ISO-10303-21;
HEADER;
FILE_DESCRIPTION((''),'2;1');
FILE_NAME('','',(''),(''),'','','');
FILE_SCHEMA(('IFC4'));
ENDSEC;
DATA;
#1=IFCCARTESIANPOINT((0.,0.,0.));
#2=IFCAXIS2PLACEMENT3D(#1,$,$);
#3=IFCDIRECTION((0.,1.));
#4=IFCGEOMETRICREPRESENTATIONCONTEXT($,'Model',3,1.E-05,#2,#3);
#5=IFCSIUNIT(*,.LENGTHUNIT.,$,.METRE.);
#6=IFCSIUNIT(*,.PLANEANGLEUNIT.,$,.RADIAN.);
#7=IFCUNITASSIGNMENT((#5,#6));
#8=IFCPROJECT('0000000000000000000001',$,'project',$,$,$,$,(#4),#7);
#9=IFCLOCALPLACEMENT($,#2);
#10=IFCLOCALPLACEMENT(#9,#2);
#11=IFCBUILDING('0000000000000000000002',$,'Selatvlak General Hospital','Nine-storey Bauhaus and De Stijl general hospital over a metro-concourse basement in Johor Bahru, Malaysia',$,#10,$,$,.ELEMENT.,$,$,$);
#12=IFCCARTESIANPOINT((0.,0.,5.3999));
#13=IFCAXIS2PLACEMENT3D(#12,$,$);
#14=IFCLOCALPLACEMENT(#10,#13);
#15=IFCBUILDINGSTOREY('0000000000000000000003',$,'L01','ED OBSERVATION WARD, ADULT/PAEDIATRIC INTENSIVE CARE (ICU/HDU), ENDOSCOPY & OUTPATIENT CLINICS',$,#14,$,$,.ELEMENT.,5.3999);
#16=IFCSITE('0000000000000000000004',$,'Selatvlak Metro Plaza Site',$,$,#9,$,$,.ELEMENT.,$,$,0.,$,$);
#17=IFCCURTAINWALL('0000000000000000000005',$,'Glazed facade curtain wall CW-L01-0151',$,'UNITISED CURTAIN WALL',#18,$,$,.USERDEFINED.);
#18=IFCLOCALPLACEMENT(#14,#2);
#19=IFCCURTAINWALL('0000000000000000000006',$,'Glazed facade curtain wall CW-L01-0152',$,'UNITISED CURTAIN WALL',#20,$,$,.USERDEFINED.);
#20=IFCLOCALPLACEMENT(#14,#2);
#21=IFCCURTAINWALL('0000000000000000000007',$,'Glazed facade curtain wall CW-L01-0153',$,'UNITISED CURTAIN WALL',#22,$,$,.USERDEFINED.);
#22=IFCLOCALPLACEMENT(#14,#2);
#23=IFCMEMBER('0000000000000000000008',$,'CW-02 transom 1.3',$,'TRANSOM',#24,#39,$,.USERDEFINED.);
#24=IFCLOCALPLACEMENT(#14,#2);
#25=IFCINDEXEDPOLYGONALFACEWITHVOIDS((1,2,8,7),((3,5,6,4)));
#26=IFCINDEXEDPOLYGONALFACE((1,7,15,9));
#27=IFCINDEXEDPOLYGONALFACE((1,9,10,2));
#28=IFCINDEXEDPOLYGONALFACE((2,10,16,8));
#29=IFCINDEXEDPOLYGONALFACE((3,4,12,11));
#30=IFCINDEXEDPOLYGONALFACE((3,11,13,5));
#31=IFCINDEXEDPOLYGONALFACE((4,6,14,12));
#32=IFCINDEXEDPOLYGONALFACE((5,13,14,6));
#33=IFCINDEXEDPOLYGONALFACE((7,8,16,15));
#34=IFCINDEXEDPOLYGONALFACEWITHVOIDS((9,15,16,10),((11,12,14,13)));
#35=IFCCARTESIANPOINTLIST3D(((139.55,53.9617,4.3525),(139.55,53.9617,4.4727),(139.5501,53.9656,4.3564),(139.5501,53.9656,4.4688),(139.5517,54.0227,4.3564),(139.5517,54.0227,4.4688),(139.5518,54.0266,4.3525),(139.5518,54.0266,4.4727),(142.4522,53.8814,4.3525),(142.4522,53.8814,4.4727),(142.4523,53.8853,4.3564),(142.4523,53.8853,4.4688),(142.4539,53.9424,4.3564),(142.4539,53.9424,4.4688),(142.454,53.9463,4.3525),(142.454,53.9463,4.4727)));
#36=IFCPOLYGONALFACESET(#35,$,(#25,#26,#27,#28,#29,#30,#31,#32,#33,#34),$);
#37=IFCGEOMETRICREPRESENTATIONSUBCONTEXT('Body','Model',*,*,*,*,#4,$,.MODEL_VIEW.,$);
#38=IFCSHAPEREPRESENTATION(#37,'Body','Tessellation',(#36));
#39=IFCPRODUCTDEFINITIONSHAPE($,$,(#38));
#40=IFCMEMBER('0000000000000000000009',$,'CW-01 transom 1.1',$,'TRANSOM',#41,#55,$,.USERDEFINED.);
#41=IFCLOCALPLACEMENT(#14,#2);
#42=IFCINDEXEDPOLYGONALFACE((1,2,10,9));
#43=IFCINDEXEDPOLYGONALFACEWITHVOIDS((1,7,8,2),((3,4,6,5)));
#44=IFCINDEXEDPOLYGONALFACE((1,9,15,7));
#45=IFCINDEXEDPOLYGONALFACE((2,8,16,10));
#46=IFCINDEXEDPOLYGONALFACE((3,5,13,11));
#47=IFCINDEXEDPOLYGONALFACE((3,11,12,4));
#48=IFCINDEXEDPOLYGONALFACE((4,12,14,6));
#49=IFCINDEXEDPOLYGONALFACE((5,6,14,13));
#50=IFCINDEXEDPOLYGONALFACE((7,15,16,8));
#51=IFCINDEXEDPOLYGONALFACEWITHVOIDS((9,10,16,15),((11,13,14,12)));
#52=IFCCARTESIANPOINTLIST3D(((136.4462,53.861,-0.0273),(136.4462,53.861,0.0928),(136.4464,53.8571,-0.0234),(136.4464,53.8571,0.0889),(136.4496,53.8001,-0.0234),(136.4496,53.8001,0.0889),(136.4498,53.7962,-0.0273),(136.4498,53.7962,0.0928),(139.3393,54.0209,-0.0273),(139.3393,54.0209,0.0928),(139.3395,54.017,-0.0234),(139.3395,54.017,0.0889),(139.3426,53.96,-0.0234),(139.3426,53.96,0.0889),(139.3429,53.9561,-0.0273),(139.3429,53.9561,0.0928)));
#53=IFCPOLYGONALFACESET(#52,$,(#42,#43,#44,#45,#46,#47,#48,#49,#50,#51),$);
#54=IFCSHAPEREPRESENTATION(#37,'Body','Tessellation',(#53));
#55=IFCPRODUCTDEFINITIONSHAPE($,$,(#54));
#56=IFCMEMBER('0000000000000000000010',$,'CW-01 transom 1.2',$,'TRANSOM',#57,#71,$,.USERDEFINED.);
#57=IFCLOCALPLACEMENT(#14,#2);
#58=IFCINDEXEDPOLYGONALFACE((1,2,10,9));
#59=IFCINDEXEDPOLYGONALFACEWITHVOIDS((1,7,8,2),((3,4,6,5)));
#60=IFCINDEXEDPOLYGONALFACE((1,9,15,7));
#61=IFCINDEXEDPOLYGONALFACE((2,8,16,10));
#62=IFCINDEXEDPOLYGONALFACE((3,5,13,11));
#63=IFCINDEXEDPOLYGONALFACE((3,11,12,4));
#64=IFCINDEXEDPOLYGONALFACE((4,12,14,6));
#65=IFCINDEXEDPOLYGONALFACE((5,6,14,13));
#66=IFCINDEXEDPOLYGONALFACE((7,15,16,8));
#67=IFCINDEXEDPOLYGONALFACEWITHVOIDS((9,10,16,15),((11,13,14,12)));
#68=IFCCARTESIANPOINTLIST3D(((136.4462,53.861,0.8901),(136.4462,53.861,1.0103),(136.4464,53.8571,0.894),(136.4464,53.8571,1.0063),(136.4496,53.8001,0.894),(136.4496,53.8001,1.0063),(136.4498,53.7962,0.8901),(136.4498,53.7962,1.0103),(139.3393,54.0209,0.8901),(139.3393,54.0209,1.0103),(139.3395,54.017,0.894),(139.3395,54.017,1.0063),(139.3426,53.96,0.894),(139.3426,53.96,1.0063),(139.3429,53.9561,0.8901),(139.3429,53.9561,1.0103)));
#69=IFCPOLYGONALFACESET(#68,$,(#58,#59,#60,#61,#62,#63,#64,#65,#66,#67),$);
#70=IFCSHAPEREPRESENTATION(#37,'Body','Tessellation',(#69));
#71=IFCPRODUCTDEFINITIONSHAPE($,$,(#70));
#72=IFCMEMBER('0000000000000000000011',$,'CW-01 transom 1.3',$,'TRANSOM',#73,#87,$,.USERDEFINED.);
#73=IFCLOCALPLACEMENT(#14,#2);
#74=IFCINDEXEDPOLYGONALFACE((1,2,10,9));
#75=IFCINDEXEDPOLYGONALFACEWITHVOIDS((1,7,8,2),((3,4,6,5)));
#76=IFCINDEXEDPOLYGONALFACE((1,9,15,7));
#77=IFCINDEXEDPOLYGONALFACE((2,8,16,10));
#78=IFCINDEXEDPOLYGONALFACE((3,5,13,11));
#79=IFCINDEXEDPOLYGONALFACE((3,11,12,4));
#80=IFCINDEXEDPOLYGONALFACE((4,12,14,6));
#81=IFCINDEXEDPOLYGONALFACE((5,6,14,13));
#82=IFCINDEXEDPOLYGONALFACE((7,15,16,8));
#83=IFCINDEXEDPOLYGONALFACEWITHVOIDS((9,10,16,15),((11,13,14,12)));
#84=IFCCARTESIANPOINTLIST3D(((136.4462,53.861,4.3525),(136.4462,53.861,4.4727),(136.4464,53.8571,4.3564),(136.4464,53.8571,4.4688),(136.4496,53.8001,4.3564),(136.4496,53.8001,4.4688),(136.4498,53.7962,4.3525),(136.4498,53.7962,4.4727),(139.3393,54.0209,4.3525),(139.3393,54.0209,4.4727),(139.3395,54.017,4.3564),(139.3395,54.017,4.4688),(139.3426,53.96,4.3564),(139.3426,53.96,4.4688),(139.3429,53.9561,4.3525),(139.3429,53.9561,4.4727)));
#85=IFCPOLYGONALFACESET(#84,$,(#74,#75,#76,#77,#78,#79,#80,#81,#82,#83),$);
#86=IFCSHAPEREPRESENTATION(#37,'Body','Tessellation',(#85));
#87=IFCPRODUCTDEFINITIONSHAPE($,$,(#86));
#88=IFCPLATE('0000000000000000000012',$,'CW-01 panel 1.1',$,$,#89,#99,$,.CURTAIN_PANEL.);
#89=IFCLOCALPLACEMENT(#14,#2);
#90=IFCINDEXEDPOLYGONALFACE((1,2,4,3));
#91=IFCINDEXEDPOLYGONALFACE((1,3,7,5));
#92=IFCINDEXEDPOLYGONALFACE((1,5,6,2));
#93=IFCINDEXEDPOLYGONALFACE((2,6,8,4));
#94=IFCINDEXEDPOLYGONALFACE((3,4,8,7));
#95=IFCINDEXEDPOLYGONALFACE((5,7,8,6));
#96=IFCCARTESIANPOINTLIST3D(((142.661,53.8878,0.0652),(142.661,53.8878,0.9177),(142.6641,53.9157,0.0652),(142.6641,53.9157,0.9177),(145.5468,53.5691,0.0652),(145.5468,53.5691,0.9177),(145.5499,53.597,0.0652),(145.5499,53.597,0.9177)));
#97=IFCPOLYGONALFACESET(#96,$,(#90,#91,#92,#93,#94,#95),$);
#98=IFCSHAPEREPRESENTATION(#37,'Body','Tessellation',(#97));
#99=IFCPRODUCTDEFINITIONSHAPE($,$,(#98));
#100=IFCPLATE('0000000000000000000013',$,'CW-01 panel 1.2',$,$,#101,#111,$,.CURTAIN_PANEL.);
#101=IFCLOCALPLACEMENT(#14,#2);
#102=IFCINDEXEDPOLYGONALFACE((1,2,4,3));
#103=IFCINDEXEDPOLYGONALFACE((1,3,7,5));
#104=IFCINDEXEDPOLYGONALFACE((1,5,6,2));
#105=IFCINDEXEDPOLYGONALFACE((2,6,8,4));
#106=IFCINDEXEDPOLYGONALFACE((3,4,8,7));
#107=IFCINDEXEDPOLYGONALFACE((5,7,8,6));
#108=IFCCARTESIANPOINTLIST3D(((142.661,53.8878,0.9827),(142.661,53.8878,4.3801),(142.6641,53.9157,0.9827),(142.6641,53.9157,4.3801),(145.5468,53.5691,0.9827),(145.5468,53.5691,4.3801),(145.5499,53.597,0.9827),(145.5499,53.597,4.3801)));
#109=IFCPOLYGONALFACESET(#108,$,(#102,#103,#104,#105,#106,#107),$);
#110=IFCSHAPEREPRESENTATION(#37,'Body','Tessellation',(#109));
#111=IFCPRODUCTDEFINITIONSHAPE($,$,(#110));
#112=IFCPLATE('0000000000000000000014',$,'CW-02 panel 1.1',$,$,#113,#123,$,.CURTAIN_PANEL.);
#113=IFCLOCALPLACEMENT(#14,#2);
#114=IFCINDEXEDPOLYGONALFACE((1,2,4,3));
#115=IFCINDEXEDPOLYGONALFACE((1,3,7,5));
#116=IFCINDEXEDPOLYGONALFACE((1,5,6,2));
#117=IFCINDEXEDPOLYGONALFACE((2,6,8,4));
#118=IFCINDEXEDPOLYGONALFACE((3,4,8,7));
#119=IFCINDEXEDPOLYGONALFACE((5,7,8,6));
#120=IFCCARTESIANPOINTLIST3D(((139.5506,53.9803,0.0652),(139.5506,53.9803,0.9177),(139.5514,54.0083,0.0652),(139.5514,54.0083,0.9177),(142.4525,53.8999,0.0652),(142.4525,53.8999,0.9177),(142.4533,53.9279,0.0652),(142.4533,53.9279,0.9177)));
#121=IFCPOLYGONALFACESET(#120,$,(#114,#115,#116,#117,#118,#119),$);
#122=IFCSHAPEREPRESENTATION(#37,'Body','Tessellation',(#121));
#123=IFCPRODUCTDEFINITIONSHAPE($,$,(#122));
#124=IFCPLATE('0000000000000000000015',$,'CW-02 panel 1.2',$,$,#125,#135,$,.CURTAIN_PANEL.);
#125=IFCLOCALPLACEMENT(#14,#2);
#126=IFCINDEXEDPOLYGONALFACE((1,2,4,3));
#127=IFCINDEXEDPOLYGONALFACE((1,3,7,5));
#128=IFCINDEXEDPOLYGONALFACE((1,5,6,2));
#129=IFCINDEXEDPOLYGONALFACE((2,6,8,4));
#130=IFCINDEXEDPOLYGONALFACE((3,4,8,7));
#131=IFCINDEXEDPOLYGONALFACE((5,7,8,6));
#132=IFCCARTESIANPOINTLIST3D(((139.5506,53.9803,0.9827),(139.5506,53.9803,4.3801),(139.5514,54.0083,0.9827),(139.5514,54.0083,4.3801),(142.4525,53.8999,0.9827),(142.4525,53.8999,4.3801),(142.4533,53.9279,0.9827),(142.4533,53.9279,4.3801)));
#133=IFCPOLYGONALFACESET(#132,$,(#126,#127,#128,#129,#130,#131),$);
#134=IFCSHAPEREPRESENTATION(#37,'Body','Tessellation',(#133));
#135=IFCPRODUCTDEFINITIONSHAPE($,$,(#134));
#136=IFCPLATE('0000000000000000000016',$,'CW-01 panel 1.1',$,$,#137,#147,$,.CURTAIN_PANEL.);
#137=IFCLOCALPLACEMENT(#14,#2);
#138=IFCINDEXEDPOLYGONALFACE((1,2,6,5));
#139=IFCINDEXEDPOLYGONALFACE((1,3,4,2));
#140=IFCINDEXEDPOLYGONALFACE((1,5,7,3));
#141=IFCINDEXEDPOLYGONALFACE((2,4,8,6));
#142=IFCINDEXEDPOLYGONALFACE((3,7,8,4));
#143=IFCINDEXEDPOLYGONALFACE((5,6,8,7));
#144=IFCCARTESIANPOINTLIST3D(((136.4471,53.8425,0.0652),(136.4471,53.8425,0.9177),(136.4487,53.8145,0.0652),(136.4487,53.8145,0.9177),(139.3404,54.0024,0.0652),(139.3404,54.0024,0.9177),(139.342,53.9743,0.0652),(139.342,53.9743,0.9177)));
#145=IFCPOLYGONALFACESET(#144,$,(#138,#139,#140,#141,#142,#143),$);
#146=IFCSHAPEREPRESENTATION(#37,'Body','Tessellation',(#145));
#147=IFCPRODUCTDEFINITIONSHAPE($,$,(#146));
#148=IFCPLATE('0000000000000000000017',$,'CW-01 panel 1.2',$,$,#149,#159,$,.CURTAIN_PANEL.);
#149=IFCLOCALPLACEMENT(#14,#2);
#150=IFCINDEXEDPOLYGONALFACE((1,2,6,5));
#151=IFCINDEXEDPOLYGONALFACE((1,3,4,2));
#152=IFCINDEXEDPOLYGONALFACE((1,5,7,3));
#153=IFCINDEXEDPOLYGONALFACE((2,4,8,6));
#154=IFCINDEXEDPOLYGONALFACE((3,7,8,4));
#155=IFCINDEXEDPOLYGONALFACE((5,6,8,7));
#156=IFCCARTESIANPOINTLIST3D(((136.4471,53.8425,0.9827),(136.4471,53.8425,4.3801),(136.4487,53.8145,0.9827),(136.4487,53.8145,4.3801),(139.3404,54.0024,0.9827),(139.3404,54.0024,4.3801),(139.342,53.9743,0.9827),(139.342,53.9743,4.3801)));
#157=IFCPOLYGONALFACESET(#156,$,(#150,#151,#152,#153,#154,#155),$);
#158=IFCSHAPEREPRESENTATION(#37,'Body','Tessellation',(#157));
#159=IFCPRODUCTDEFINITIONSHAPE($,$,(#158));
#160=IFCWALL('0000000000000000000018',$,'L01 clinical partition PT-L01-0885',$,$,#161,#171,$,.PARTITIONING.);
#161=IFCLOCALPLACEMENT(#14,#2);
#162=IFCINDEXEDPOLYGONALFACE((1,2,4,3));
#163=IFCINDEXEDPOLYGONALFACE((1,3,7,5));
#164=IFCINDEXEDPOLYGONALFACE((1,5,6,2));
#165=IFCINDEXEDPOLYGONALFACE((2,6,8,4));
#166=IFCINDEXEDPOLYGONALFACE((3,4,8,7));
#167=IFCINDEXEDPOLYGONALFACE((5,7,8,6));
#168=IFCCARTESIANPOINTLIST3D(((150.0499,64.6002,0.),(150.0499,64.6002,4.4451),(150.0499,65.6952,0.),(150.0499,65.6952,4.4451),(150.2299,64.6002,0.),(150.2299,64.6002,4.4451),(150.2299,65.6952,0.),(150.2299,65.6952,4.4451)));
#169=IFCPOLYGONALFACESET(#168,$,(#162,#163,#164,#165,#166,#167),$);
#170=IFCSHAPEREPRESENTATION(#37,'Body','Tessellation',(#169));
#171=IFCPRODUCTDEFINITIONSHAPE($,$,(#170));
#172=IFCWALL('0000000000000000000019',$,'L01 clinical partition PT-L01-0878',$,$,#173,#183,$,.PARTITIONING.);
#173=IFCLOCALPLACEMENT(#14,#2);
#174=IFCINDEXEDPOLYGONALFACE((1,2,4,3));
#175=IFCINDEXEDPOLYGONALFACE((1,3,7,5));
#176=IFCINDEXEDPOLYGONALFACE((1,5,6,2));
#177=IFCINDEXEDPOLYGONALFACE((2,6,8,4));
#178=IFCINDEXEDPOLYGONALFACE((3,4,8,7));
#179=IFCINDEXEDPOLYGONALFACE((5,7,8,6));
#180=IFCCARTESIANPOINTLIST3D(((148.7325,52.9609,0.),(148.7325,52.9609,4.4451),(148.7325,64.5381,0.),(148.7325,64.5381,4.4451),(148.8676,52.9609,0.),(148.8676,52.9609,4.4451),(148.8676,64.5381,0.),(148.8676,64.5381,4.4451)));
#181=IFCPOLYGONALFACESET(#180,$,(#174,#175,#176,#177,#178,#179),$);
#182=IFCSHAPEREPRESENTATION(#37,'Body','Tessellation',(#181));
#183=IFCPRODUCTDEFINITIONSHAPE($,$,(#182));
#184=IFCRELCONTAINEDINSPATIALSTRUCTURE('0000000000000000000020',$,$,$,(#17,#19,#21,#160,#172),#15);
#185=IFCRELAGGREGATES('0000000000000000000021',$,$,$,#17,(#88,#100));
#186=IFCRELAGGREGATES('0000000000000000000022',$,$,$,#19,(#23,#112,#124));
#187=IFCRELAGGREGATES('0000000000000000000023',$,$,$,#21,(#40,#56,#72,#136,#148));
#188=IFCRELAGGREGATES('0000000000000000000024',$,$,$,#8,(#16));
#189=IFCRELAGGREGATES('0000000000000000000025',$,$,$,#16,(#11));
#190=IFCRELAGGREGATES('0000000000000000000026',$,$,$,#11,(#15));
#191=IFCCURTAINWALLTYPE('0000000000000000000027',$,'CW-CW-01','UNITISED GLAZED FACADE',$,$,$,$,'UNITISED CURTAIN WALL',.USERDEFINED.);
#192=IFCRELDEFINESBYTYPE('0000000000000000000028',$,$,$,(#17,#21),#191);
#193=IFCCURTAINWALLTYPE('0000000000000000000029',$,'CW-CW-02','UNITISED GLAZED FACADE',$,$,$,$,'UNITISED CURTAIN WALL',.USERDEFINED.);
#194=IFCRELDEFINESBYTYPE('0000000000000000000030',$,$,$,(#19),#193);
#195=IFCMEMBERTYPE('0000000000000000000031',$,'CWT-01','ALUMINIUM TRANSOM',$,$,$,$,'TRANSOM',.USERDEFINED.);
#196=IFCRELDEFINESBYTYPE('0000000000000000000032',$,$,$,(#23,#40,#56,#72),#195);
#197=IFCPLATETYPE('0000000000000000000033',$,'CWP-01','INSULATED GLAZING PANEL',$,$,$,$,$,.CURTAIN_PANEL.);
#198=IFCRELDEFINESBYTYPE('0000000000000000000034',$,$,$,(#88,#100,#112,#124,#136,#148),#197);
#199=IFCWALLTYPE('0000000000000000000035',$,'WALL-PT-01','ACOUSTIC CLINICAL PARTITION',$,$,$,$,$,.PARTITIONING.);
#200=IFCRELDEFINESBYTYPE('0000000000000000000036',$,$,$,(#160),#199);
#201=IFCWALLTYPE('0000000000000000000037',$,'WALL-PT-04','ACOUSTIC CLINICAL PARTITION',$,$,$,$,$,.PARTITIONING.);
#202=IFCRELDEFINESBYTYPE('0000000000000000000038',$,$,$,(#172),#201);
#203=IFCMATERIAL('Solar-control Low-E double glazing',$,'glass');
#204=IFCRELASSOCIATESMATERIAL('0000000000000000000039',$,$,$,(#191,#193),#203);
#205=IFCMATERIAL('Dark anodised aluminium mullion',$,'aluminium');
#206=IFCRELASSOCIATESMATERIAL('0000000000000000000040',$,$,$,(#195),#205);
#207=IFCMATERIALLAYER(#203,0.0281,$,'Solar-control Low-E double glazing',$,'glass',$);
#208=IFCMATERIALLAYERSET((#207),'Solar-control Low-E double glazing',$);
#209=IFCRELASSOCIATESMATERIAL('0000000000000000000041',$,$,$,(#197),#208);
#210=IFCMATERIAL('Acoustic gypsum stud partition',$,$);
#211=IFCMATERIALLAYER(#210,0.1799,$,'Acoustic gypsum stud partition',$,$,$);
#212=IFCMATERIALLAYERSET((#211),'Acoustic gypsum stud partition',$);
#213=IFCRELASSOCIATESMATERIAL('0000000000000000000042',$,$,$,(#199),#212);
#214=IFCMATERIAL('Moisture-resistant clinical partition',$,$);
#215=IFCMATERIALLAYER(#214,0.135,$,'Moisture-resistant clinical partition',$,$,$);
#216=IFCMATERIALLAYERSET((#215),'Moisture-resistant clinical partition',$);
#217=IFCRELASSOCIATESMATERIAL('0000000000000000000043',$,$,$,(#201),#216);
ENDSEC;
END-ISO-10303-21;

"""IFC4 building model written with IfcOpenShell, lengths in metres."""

from ifc_helpers import new_model, si_unit, direction, frame, frame_2d, origin, origin_2d, place, context, subcontext, project, spatial, rectangle, hollow_rectangle, extrude, material, layer, layer_set, material_profile, profile_set, type_object, element, aggregate, save


model = new_model("IFC4")

# Units and contexts
model_context = context("Model", 3, precision=1e-05, world=origin(), true_north=direction((0.0, 1.0)))
body_context = subcontext(model_context, "Body", "Model", "MODEL_VIEW")
ifc_project = project(units=[si_unit("LENGTHUNIT", "METRE"), si_unit("PLANEANGLEUNIT", "RADIAN")], contexts=[model_context])

# Site, building, storey
site_placement = place(None, origin())
site = spatial("IfcSite", under=ifc_project, at=site_placement, Name="Selatvlak Metro Plaza Site", CompositionType="ELEMENT", RefElevation=0.0)
building_placement = place(site_placement, origin())
building = spatial("IfcBuilding", under=site, at=building_placement, Name="Selatvlak General Hospital", Description="Nine-storey Bauhaus and De Stijl general hospital over a metro-concourse basement in Johor Bahru, Malaysia", CompositionType="ELEMENT")
storey_placement = place(building_placement, frame((0.0, 0.0, 5.3999)))
storey = spatial("IfcBuildingStorey", under=building, at=storey_placement, Name="L01", Description="ED OBSERVATION WARD, ADULT/PAEDIATRIC INTENSIVE CARE (ICU/HDU), ENDOSCOPY & OUTPATIENT CLINICS", CompositionType="ELEMENT", Elevation=5.3999)

# Curtain wall
ifc_material_1 = material(Name="Solar-control Low-E double glazing", Category="glass")
curtain_wall_type_1 = type_object("IfcCurtainWallType", Name="CW-CW-01", Description="UNITISED GLAZED FACADE", ElementType="UNITISED CURTAIN WALL", PredefinedType="USERDEFINED", material=ifc_material_1)
curtain_wall_1_placement = place(storey_placement, origin())
curtain_wall_1 = element("IfcCurtainWall", 1, at=curtain_wall_1_placement, inside=storey, type_object=curtain_wall_type_1, Name="Glazed facade curtain wall CW-L01-0151", ObjectType="UNITISED CURTAIN WALL", PredefinedType="USERDEFINED")
ifc_material_2 = material(Name="Dark anodised aluminium mullion", Category="aluminium")

# Curtain wall
curtain_wall_type_2 = type_object("IfcCurtainWallType", Name="CW-CW-02", Description="UNITISED GLAZED FACADE", ElementType="UNITISED CURTAIN WALL", PredefinedType="USERDEFINED", material=ifc_material_1)
curtain_wall_2_placement = place(storey_placement, origin())
curtain_wall_2 = element("IfcCurtainWall", 2, at=curtain_wall_2_placement, inside=storey, type_object=curtain_wall_type_2, Name="Glazed facade curtain wall CW-L01-0152", ObjectType="UNITISED CURTAIN WALL", PredefinedType="USERDEFINED")

# Curtain wall
curtain_wall_3_placement = place(storey_placement, origin())
curtain_wall_3 = element("IfcCurtainWall", 3, at=curtain_wall_3_placement, inside=storey, type_object=curtain_wall_type_1, Name="Glazed facade curtain wall CW-L01-0153", ObjectType="UNITISED CURTAIN WALL", PredefinedType="USERDEFINED")

# Members
ifc_material_profile_1 = material_profile(ifc_material_2, hollow_rectangle(XDim=0.0649, YDim=0.1201, WallThickness=0.0039, at=origin_2d()), Name="AL-TRN 65x120x4")
ifc_profile_set_1 = profile_set([ifc_material_profile_1], Name="Dark anodised aluminium mullion")
member_type_1 = type_object("IfcMemberType", Name="CWT-01", Description="ALUMINIUM TRANSOM", ElementType="TRANSOM", PredefinedType="USERDEFINED", material=ifc_profile_set_1)
member_1_placement = place(storey_placement, frame((142.4531, 53.9138, 4.4126), z_axis=(-0.999617, 0.027667, 0.0), x_axis=(-0.027667, -0.999617, 0.0)))
member_1 = element("IfcMember", 4, at=member_1_placement, type_object=member_type_1, Name="CW-02 transom 1.3", ObjectType="TRANSOM", PredefinedType="USERDEFINED", context=body_context, shape_type="SweptSolid", body=[
    extrude(hollow_rectangle(XDim=0.0649, YDim=0.1201, WallThickness=0.0039, at=origin_2d()), origin(), (0.0, 0.0, 1.0), 2.9033),
])
member_2_placement = place(storey_placement, frame((139.3411, 53.9885, 0.0327), z_axis=(-0.998476, -0.05519, 0.0), x_axis=(0.05519, -0.998476, 0.0)))
member_2 = element("IfcMember", 5, at=member_2_placement, type_object=member_type_1, Name="CW-01 transom 1.1", ObjectType="TRANSOM", PredefinedType="USERDEFINED", context=body_context, shape_type="SweptSolid", body=[
    extrude(hollow_rectangle(XDim=0.0649, YDim=0.1201, WallThickness=0.0039, at=origin_2d()), origin(), (0.0, 0.0, 1.0), 2.8975),
])
member_3_placement = place(storey_placement, frame((139.3411, 53.9885, 0.9502), z_axis=(-0.998476, -0.05519, 0.0), x_axis=(0.05519, -0.998476, 0.0)))
member_3 = element("IfcMember", 6, at=member_3_placement, type_object=member_type_1, Name="CW-01 transom 1.2", ObjectType="TRANSOM", PredefinedType="USERDEFINED", context=body_context, shape_type="SweptSolid", body=[
    extrude(hollow_rectangle(XDim=0.0649, YDim=0.1201, WallThickness=0.0039, at=origin_2d()), origin(), (0.0, 0.0, 1.0), 2.8975),
])
member_4_placement = place(storey_placement, frame((139.3411, 53.9885, 4.4126), z_axis=(-0.998476, -0.05519, 0.0), x_axis=(0.05519, -0.998476, 0.0)))
member_4 = element("IfcMember", 7, at=member_4_placement, type_object=member_type_1, Name="CW-01 transom 1.3", ObjectType="TRANSOM", PredefinedType="USERDEFINED", context=body_context, shape_type="SweptSolid", body=[
    extrude(hollow_rectangle(XDim=0.0649, YDim=0.1201, WallThickness=0.0039, at=origin_2d()), origin(), (0.0, 0.0, 1.0), 2.8975),
])

# Plates
ifc_layer_1 = layer(ifc_material_1, 0.0281, Name="Solar-control Low-E double glazing", Category="glass")
ifc_layer_set_1 = layer_set([ifc_layer_1], Name="Solar-control Low-E double glazing")
plate_type = type_object("IfcPlateType", Name="CWP-01", Description="INSULATED GLAZING PANEL", PredefinedType="CURTAIN_PANEL", material=ifc_layer_set_1)
plate_1_placement = place(storey_placement, frame((144.1055, 53.7424, 0.0652), z_axis=(0.0, 0.0, 1.0), x_axis=(-0.993956, 0.10978, 0.0)))
plate_1 = element("IfcPlate", 8, at=plate_1_placement, type_object=plate_type, Name="CW-01 panel 1.1", PredefinedType="CURTAIN_PANEL", context=body_context, shape_type="SweptSolid", body=[
    extrude(rectangle(XDim=2.9033, YDim=0.0281, at=origin_2d()), origin(), (0.0, 0.0, 1.0), 0.8525),
])
plate_2_placement = place(storey_placement, frame((144.1055, 53.7424, 0.9827), z_axis=(0.0, 0.0, 1.0), x_axis=(-0.993956, 0.10978, 0.0)))
plate_2 = element("IfcPlate", 9, at=plate_2_placement, type_object=plate_type, Name="CW-01 panel 1.2", PredefinedType="CURTAIN_PANEL", context=body_context, shape_type="SweptSolid", body=[
    extrude(rectangle(XDim=2.9033, YDim=0.0281, at=origin_2d()), origin(), (0.0, 0.0, 1.0), 3.3975),
])
aggregate(curtain_wall_1, [plate_1, plate_2])
plate_3_placement = place(storey_placement, frame((141.002, 53.9541, 0.0652), z_axis=(0.0, 0.0, 1.0), x_axis=(-0.999616, 0.027694, 0.0)))
plate_3 = element("IfcPlate", 10, at=plate_3_placement, type_object=plate_type, Name="CW-02 panel 1.1", PredefinedType="CURTAIN_PANEL", context=body_context, shape_type="SweptSolid", body=[
    extrude(rectangle(XDim=2.9031, YDim=0.0281, at=origin_2d()), origin(), (0.0, 0.0, 1.0), 0.8525),
])
plate_4_placement = place(storey_placement, frame((141.002, 53.9541, 0.9827), z_axis=(0.0, 0.0, 1.0), x_axis=(-0.999616, 0.027694, 0.0)))
plate_4 = element("IfcPlate", 11, at=plate_4_placement, type_object=plate_type, Name="CW-02 panel 1.2", PredefinedType="CURTAIN_PANEL", context=body_context, shape_type="SweptSolid", body=[
    extrude(rectangle(XDim=2.9031, YDim=0.0281, at=origin_2d()), origin(), (0.0, 0.0, 1.0), 3.3975),
])
aggregate(curtain_wall_2, [member_1, plate_3, plate_4])
plate_5_placement = place(storey_placement, frame((137.8945, 53.9084, 0.0652), z_axis=(0.0, 0.0, 1.0), x_axis=(-0.998478, -0.055159, 0.0)))
plate_5 = element("IfcPlate", 12, at=plate_5_placement, type_object=plate_type, Name="CW-01 panel 1.1", PredefinedType="CURTAIN_PANEL", context=body_context, shape_type="SweptSolid", body=[
    extrude(rectangle(XDim=2.8977, YDim=0.0281, at=origin_2d()), origin(), (0.0, 0.0, 1.0), 0.8525),
])
plate_6_placement = place(storey_placement, frame((137.8945, 53.9084, 0.9827), z_axis=(0.0, 0.0, 1.0), x_axis=(-0.998478, -0.055159, 0.0)))
plate_6 = element("IfcPlate", 13, at=plate_6_placement, type_object=plate_type, Name="CW-01 panel 1.2", PredefinedType="CURTAIN_PANEL", context=body_context, shape_type="SweptSolid", body=[
    extrude(rectangle(XDim=2.8977, YDim=0.0281, at=origin_2d()), origin(), (0.0, 0.0, 1.0), 3.3975),
])
aggregate(curtain_wall_3, [member_2, member_3, member_4, plate_5, plate_6])

# Wall
ifc_material_3 = material(Name="Acoustic gypsum stud partition")
ifc_layer_2 = layer(ifc_material_3, 0.1799, Name="Acoustic gypsum stud partition")
ifc_layer_set_2 = layer_set([ifc_layer_2], Name="Acoustic gypsum stud partition")
wall_type_1 = type_object("IfcWallType", Name="WALL-PT-01", Description="ACOUSTIC CLINICAL PARTITION", PredefinedType="PARTITIONING", material=ifc_layer_set_2)
wall_1_placement = place(storey_placement, frame((150.1399, 65.6951, 0.0), z_axis=(0.0, 0.0, 1.0), x_axis=(0.0, -1.0, 0.0)))
element("IfcWall", 14, at=wall_1_placement, inside=storey, type_object=wall_type_1, Name="L01 clinical partition PT-L01-0885", PredefinedType="PARTITIONING", context=body_context, shape_type="SweptSolid", body=[
    extrude(rectangle(XDim=1.095, YDim=0.1799, at=frame_2d((0.5474, 0.0))), origin(), (0.0, 0.0, 1.0), 4.4451),
])

# Wall
ifc_material_4 = material(Name="Moisture-resistant clinical partition")
ifc_layer_3 = layer(ifc_material_4, 0.135, Name="Moisture-resistant clinical partition")
ifc_layer_set_3 = layer_set([ifc_layer_3], Name="Moisture-resistant clinical partition")
wall_type_2 = type_object("IfcWallType", Name="WALL-PT-04", Description="ACOUSTIC CLINICAL PARTITION", PredefinedType="PARTITIONING", material=ifc_layer_set_3)
wall_2_placement = place(storey_placement, frame((148.8, 64.5381, 0.0), z_axis=(0.0, 0.0, 1.0), x_axis=(0.0, -1.0, 0.0)))
element("IfcWall", 15, at=wall_2_placement, inside=storey, type_object=wall_type_2, Name="L01 clinical partition PT-L01-0878", PredefinedType="PARTITIONING", context=body_context, shape_type="SweptSolid", body=[
    extrude(rectangle(XDim=11.5771, YDim=0.135, at=frame_2d((5.7886, 0.0))), origin(), (0.0, 0.0, 1.0), 4.4451),
])

save(model, "model.ifc")
